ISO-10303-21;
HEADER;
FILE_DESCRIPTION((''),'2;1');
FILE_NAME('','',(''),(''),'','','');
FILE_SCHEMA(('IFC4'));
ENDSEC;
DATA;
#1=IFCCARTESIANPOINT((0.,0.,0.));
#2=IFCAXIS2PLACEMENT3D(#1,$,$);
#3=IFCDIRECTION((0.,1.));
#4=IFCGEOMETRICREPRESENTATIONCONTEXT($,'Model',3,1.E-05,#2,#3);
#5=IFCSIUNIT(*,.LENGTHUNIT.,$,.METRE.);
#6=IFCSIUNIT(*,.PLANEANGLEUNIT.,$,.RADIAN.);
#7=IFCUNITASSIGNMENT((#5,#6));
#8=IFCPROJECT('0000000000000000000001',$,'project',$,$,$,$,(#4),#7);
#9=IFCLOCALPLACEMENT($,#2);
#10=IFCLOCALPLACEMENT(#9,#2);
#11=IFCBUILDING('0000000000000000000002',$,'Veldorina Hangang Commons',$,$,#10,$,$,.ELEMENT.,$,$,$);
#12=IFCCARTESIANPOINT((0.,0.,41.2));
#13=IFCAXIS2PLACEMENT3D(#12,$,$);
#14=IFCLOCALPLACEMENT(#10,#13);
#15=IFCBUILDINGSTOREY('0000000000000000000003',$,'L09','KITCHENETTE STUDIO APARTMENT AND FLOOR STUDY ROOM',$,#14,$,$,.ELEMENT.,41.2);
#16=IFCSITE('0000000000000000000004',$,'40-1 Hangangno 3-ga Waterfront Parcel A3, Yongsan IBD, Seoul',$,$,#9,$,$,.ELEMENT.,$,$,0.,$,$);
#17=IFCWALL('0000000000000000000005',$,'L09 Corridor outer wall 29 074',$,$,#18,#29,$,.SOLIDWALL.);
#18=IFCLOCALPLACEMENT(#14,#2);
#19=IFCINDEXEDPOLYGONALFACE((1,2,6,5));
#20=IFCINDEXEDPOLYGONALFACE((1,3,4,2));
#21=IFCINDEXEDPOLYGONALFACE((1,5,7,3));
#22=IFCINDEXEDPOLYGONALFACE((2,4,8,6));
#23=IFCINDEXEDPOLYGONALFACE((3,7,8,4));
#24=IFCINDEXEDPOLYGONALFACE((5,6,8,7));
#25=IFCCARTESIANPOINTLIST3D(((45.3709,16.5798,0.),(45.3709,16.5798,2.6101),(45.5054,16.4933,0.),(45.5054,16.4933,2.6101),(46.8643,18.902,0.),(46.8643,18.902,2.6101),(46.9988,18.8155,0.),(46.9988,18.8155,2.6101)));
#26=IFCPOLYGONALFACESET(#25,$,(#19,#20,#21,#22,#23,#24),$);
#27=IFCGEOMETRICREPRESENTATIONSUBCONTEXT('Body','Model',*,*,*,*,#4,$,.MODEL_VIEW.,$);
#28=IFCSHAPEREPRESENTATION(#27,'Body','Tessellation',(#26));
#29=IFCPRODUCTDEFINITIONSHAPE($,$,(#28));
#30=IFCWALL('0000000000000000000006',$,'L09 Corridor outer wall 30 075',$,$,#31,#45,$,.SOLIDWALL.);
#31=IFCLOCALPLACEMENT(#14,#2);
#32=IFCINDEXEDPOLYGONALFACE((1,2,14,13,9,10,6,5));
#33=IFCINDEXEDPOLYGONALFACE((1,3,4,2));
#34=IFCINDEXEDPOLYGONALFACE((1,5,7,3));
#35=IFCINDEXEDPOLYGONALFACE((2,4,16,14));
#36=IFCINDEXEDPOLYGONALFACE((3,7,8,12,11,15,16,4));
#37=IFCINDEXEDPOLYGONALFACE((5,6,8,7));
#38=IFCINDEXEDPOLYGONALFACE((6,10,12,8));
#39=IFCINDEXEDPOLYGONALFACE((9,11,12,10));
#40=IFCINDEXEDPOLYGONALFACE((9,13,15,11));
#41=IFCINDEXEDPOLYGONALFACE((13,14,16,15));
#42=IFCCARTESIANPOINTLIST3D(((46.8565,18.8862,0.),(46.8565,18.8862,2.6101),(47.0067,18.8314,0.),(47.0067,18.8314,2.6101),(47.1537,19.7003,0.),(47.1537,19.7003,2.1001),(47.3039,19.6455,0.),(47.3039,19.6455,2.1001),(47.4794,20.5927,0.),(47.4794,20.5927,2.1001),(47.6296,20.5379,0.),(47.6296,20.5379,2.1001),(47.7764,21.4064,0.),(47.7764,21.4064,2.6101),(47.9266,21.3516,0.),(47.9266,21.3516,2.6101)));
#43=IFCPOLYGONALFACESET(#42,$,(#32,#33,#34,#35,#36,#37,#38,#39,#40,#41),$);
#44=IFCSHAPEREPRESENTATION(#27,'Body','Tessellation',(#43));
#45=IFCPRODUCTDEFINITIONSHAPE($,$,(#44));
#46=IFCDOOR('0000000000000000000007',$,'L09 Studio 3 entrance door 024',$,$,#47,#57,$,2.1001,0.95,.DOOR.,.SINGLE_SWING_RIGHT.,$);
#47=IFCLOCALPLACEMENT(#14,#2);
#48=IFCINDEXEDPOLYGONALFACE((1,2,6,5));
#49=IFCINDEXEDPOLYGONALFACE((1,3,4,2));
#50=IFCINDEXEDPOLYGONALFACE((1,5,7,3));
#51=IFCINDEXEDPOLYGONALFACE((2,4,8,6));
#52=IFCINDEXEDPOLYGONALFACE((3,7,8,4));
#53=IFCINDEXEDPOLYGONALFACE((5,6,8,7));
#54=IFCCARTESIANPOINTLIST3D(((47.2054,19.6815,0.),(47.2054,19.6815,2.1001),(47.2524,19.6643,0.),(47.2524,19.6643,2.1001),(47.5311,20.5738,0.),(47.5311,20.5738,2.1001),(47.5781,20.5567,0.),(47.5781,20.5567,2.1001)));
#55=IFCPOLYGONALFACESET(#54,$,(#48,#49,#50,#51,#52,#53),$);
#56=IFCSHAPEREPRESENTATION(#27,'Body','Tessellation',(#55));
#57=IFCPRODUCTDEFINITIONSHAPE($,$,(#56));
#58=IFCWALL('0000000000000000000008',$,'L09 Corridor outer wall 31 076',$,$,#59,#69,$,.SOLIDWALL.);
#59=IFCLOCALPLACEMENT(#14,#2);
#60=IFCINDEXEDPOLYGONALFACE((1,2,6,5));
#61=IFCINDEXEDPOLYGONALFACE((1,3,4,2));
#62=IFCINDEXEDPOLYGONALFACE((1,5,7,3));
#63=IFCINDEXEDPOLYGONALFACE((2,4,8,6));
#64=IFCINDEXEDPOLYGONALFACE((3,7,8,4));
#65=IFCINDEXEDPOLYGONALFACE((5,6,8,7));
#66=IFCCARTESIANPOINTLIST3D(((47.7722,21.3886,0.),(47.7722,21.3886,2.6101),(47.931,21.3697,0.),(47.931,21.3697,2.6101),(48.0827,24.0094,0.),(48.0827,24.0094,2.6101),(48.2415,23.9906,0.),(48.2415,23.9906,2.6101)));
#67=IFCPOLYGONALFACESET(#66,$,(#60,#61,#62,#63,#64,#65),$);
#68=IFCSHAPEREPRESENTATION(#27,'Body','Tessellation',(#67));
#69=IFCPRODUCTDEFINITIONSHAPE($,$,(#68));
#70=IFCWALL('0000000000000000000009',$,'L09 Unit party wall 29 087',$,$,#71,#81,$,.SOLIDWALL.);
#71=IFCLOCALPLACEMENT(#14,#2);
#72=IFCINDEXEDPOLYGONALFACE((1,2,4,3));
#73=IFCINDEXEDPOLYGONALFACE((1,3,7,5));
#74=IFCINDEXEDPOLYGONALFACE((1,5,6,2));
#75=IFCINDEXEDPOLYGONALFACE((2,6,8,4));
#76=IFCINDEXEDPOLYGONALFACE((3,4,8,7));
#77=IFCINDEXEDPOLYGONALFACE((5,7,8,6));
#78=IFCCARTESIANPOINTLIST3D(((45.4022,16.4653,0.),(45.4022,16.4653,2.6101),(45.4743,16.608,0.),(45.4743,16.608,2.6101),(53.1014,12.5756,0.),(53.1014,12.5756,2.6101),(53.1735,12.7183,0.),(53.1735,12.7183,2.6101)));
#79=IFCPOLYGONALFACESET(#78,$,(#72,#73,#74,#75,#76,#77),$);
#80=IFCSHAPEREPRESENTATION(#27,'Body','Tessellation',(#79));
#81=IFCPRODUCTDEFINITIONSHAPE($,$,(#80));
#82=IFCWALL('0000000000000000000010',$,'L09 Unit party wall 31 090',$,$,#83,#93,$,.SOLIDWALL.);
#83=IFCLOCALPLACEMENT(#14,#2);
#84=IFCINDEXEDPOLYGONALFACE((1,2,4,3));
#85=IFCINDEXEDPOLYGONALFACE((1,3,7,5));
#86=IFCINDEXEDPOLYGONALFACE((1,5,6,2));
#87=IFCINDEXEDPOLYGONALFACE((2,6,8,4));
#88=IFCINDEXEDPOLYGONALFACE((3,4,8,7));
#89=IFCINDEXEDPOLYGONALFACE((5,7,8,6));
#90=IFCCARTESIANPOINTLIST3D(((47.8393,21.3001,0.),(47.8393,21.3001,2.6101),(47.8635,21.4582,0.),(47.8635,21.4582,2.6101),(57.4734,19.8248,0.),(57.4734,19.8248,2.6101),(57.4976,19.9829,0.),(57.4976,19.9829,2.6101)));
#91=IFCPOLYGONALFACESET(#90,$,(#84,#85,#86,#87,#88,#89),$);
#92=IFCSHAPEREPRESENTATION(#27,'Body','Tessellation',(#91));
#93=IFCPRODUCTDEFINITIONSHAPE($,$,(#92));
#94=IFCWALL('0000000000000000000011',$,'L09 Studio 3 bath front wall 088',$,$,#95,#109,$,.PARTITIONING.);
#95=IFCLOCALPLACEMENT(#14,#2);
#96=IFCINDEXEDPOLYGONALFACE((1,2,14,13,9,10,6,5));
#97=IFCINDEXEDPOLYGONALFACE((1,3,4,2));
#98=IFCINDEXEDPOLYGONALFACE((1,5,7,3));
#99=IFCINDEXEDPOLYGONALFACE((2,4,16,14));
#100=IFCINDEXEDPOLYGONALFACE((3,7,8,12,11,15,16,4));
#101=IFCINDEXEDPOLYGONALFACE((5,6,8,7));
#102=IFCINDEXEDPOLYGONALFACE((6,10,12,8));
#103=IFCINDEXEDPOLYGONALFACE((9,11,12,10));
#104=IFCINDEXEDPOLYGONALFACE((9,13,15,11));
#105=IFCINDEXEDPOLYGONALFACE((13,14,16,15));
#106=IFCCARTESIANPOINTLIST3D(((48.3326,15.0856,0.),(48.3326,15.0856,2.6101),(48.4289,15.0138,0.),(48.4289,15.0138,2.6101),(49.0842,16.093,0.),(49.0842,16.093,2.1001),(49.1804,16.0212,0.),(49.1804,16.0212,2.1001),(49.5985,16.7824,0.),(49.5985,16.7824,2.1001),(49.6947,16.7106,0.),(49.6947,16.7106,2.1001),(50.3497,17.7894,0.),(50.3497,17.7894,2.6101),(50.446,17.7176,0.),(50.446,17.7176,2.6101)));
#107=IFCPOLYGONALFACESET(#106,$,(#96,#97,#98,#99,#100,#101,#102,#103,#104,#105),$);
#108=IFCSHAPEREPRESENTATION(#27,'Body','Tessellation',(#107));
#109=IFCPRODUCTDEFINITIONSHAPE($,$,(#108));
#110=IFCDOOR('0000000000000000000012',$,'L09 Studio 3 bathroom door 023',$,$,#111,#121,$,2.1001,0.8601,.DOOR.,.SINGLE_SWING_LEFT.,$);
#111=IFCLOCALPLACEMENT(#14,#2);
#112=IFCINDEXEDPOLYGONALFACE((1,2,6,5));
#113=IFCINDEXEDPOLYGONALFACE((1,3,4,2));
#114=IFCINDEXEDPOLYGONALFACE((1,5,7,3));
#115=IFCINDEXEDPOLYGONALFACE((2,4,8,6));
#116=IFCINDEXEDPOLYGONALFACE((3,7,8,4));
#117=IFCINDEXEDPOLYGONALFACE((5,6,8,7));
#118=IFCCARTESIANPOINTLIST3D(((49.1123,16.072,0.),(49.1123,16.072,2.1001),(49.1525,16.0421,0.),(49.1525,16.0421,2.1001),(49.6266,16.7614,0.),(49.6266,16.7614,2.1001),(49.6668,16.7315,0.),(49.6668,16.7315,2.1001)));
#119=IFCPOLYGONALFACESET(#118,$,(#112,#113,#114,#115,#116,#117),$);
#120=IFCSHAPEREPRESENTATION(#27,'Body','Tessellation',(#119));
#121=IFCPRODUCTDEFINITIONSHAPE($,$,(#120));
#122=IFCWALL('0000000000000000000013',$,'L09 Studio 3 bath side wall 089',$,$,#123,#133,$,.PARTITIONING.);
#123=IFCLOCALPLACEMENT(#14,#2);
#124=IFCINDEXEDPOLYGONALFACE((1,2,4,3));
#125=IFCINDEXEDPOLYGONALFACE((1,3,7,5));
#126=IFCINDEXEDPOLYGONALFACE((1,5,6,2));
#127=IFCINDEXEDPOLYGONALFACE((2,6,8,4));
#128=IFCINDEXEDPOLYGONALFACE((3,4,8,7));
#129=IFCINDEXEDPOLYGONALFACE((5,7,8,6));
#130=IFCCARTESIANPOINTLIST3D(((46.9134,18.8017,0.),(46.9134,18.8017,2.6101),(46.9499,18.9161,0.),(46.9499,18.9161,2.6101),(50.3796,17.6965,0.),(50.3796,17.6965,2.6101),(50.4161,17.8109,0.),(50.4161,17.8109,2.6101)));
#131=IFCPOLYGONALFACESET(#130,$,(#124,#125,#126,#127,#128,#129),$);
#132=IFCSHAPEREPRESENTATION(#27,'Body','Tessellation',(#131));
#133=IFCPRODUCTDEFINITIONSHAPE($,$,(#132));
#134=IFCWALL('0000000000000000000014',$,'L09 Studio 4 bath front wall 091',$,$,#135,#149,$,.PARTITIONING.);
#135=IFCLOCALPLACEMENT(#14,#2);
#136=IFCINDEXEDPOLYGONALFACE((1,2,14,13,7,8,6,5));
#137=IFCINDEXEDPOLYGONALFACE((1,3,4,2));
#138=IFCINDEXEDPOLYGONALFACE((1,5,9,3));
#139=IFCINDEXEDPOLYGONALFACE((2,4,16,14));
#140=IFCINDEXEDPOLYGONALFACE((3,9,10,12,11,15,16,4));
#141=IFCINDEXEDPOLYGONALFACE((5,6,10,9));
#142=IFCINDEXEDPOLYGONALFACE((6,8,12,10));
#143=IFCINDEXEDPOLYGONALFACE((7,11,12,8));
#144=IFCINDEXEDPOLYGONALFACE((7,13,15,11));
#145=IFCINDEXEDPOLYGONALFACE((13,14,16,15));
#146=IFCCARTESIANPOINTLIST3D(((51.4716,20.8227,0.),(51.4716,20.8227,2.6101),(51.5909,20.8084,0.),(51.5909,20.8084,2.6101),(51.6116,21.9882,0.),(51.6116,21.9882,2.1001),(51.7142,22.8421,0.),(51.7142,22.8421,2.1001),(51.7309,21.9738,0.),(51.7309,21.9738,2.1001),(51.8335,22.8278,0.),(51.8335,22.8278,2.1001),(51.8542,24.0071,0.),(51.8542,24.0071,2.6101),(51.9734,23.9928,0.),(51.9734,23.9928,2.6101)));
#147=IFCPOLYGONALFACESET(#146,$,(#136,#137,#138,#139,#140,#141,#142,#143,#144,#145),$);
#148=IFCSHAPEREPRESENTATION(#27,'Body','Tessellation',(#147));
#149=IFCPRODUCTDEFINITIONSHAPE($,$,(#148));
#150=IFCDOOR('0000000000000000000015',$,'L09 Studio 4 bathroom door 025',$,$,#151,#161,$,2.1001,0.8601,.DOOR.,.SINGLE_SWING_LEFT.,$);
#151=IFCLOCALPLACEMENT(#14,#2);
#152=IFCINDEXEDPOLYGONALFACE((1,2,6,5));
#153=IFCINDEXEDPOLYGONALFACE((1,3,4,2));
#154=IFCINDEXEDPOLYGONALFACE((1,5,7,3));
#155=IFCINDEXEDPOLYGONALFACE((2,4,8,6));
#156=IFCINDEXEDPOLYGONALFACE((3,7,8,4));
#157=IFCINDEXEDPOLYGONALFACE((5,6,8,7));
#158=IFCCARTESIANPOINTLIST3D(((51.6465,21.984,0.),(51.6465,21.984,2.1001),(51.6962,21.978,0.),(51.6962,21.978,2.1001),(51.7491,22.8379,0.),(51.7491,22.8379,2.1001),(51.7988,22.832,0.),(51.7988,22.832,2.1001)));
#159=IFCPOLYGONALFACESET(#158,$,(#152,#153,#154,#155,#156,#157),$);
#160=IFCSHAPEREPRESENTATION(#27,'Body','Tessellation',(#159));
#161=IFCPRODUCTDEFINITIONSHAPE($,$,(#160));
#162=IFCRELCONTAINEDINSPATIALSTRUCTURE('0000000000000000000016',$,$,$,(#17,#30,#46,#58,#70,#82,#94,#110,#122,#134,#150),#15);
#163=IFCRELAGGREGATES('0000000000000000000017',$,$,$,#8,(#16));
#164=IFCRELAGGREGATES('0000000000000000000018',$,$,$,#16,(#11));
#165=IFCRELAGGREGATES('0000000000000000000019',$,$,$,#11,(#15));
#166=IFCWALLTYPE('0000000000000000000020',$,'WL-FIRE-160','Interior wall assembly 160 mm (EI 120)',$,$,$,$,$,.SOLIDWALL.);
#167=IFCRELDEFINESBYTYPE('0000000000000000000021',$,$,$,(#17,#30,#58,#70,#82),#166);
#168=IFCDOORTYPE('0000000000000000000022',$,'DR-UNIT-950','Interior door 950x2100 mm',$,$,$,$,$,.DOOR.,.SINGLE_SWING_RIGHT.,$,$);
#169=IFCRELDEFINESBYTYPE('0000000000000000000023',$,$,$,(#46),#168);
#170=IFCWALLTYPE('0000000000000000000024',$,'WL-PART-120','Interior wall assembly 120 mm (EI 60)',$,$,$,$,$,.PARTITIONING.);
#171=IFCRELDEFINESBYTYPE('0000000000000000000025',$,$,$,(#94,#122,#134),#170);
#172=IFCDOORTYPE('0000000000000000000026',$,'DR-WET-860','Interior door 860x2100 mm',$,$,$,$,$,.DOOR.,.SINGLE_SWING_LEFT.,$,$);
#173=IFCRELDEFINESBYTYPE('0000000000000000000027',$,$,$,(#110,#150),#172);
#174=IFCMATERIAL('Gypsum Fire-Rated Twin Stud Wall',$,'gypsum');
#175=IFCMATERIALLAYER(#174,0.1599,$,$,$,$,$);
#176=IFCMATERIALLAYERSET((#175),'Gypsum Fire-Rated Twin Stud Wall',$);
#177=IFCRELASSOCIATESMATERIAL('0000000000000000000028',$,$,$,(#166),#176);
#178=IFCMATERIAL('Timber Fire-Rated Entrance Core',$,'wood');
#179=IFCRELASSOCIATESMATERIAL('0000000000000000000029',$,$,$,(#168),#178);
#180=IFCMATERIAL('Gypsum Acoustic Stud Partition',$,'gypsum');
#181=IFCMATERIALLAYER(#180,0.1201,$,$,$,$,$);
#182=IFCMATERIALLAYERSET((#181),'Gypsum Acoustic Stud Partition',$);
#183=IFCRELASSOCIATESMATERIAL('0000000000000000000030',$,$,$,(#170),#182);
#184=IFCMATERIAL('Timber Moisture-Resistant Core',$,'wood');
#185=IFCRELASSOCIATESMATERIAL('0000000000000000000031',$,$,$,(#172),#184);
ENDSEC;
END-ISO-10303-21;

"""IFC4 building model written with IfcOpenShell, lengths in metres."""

from ifc_helpers import new_model, si_unit, direction, frame, frame_2d, origin, place, context, subcontext, project, spatial, rectangle, extrude, material, layer, layer_set, type_object, element, fill, save


model = new_model("IFC4")

# Units and contexts
model_context = context("Model", 3, precision=1e-05, world=origin(), true_north=direction((0.0, 1.0)))
body_context = subcontext(model_context, "Body", "Model", "MODEL_VIEW")
ifc_project = project(units=[si_unit("LENGTHUNIT", "METRE"), si_unit("PLANEANGLEUNIT", "RADIAN")], contexts=[model_context])

# Site, building, storey
site_placement = place(None, origin())
site = spatial("IfcSite", under=ifc_project, at=site_placement, Name="40-1 Hangangno 3-ga Waterfront Parcel A3, Yongsan IBD, Seoul", CompositionType="ELEMENT", RefElevation=0.0)
building_placement = place(site_placement, origin())
building = spatial("IfcBuilding", under=site, at=building_placement, Name="Veldorina Hangang Commons", CompositionType="ELEMENT")
storey_placement = place(building_placement, frame((0.0, 0.0, 41.2)))
storey = spatial("IfcBuildingStorey", under=building, at=storey_placement, Name="L09", Description="KITCHENETTE STUDIO APARTMENT AND FLOOR STUDY ROOM", CompositionType="ELEMENT", Elevation=41.2)

# Wall
ifc_material_1 = material(Name="Gypsum Fire-Rated Twin Stud Wall", Category="gypsum")
ifc_layer_1 = layer(ifc_material_1, 0.1599)
ifc_layer_set_1 = layer_set([ifc_layer_1], Name="Gypsum Fire-Rated Twin Stud Wall")
wall_type_1 = type_object("IfcWallType", Name="WL-FIRE-160", Description="Interior wall assembly 160 mm (EI 120)", PredefinedType="SOLIDWALL", material=ifc_layer_set_1)
wall_1_placement = place(storey_placement, frame((45.4382, 16.5366, 0.0), z_axis=(0.0, 0.0, 1.0), x_axis=(0.540892, 0.841092, 0.0)))
element("IfcWall", 1, at=wall_1_placement, inside=storey, type_object=wall_type_1, Name="L09 Corridor outer wall 29 074", PredefinedType="SOLIDWALL", context=body_context, shape_type="SweptSolid", body=[
    extrude(rectangle(XDim=2.761, YDim=0.1599, at=frame_2d((1.3804, 0.0))), origin(), (0.0, 0.0, 1.0), 2.6101),
])

# Wall, opening, door
wall_2_placement = place(storey_placement, frame((46.9316, 18.8589, 0.0), z_axis=(0.0, 0.0, 1.0), x_axis=(0.342883, 0.939378, 0.0)))
wall_2 = element("IfcWall", 2, at=wall_2_placement, inside=storey, type_object=wall_type_1, Name="L09 Corridor outer wall 30 075", PredefinedType="SOLIDWALL", context=body_context, shape_type="SweptSolid", body=[
    extrude(rectangle(XDim=2.6829, YDim=0.1599, at=frame_2d((1.3413, 0.0))), origin(), (0.0, 0.0, 1.0), 2.6101),
])
opening_1_placement = place(wall_2_placement, frame((0.8665, 0.0, 0.0)))
opening_1 = element("IfcOpeningElement", 3, at=opening_1_placement, cuts=wall_2, PredefinedType="OPENING", context=body_context, shape_type="SweptSolid", body=[
    extrude(rectangle(XDim=0.95, YDim=2.1001, at=frame_2d((0.4751, 1.05))), frame((0.0, 0.0898, 0.0), z_axis=(0.0, -1.0, 0.0), x_axis=(1.0, 0.0, 0.0)), (0.0, 0.0, 1.0), 0.1799),
])
ifc_material_2 = material(Name="Timber Fire-Rated Entrance Core", Category="wood")
door_type_1 = type_object("IfcDoorType", Name="DR-UNIT-950", Description="Interior door 950x2100 mm", OperationType="SINGLE_SWING_RIGHT", PredefinedType="DOOR", material=ifc_material_2)
door_1_placement = place(opening_1_placement, origin())
door_1 = element("IfcDoor", 4, at=door_1_placement, inside=storey, type_object=door_type_1, Name="L09 Studio 3 entrance door 024", OperationType="SINGLE_SWING_RIGHT", OverallHeight=2.1001, OverallWidth=0.95, PredefinedType="DOOR", context=body_context, shape_type="SweptSolid", body=[
    extrude(rectangle(XDim=0.95, YDim=2.1001, at=frame_2d((0.4751, 1.05))), frame((0.0, 0.0249, 0.0), z_axis=(0.0, -1.0, 0.0), x_axis=(1.0, 0.0, 0.0)), (0.0, 0.0, 1.0), 0.05),
])
fill(opening_1, door_1)

# Walls
wall_3_placement = place(storey_placement, frame((47.8516, 21.3792, 0.0), z_axis=(0.0, 0.0, 1.0), x_axis=(0.117668, 0.993053, 0.0)))
element("IfcWall", 5, at=wall_3_placement, inside=storey, type_object=wall_type_1, Name="L09 Corridor outer wall 31 076", PredefinedType="SOLIDWALL", context=body_context, shape_type="SweptSolid", body=[
    extrude(rectangle(XDim=2.6392, YDim=0.1599, at=frame_2d((1.3196, 0.0))), origin(), (0.0, 0.0, 1.0), 2.6101),
])
wall_4_placement = place(storey_placement, frame((45.4382, 16.5366, 0.0), z_axis=(0.0, 0.0, 1.0), x_axis=(0.892563, -0.450923, 0.0)))
element("IfcWall", 6, at=wall_4_placement, inside=storey, type_object=wall_type_1, Name="L09 Unit party wall 29 087", PredefinedType="SOLIDWALL", context=body_context, shape_type="SweptSolid", body=[
    extrude(rectangle(XDim=8.626, YDim=0.1599, at=frame_2d((4.313, 0.0))), origin(), (0.0, 0.0, 1.0), 2.6101),
])
wall_5_placement = place(storey_placement, frame((47.8516, 21.3792, 0.0), z_axis=(0.0, 0.0, 1.0), x_axis=(0.988477, -0.151374, 0.0)))
element("IfcWall", 7, at=wall_5_placement, inside=storey, type_object=wall_type_1, Name="L09 Unit party wall 31 090", PredefinedType="SOLIDWALL", context=body_context, shape_type="SweptSolid", body=[
    extrude(rectangle(XDim=9.7463, YDim=0.1599, at=frame_2d((4.873, 0.0))), origin(), (0.0, 0.0, 1.0), 2.6101),
])

# Wall, opening, door
ifc_material_3 = material(Name="Gypsum Acoustic Stud Partition", Category="gypsum")
ifc_layer_2 = layer(ifc_material_3, 0.1201)
ifc_layer_set_2 = layer_set([ifc_layer_2], Name="Gypsum Acoustic Stud Partition")
wall_type_2 = type_object("IfcWallType", Name="WL-PART-120", Description="Interior wall assembly 120 mm (EI 60)", PredefinedType="PARTITIONING", material=ifc_layer_set_2)
wall_6_placement = place(storey_placement, frame((48.3809, 15.0498, 0.0), z_axis=(0.0, 0.0, 1.0), x_axis=(0.597948, 0.801535, 0.0)))
wall_6 = element("IfcWall", 8, at=wall_6_placement, inside=storey, type_object=wall_type_2, Name="L09 Studio 3 bath front wall 088", PredefinedType="PARTITIONING", context=body_context, shape_type="SweptSolid", body=[
    extrude(rectangle(XDim=3.3733, YDim=0.1201, at=frame_2d((1.6865, 0.0))), origin(), (0.0, 0.0, 1.0), 2.6101),
])
opening_2_placement = place(wall_6_placement, frame((1.2566, 0.0, 0.0)))
opening_2 = element("IfcOpeningElement", 9, at=opening_2_placement, cuts=wall_6, PredefinedType="OPENING", context=body_context, shape_type="SweptSolid", body=[
    extrude(rectangle(XDim=0.8601, YDim=2.1001, at=frame_2d((0.4302, 1.05))), frame((0.0, 0.0701, 0.0), z_axis=(0.0, -1.0, 0.0), x_axis=(1.0, 0.0, 0.0)), (0.0, 0.0, 1.0), 0.1401),
])
ifc_material_4 = material(Name="Timber Moisture-Resistant Core", Category="wood")
door_type_2 = type_object("IfcDoorType", Name="DR-WET-860", Description="Interior door 860x2100 mm", OperationType="SINGLE_SWING_LEFT", PredefinedType="DOOR", material=ifc_material_4)
door_2_placement = place(opening_2_placement, origin())
door_2 = element("IfcDoor", 10, at=door_2_placement, inside=storey, type_object=door_type_2, Name="L09 Studio 3 bathroom door 023", OperationType="SINGLE_SWING_LEFT", OverallHeight=2.1001, OverallWidth=0.8601, PredefinedType="DOOR", context=body_context, shape_type="SweptSolid", body=[
    extrude(rectangle(XDim=0.8601, YDim=2.1001, at=frame_2d((0.4302, 1.05))), frame((0.0, 0.0249, 0.0), z_axis=(0.0, -1.0, 0.0), x_axis=(1.0, 0.0, 0.0)), (0.0, 0.0, 1.0), 0.05),
])
fill(opening_2, door_2)

# Wall
wall_7_placement = place(storey_placement, frame((46.9316, 18.8589, 0.0), z_axis=(0.0, 0.0, 1.0), x_axis=(0.952742, -0.30378, 0.0)))
element("IfcWall", 11, at=wall_7_placement, inside=storey, type_object=wall_type_2, Name="L09 Studio 3 bath side wall 089", PredefinedType="PARTITIONING", context=body_context, shape_type="SweptSolid", body=[
    extrude(rectangle(XDim=3.6382, YDim=0.1201, at=frame_2d((1.8191, 0.0))), origin(), (0.0, 0.0, 1.0), 2.6101),
])

# Wall, opening, door
wall_8_placement = place(storey_placement, frame((51.5312, 20.8157, 0.0), z_axis=(0.0, 0.0, 1.0), x_axis=(0.119283, 0.99286, 0.0)))
wall_8 = element("IfcWall", 12, at=wall_8_placement, inside=storey, type_object=wall_type_2, Name="L09 Studio 4 bath front wall 091", PredefinedType="PARTITIONING", context=body_context, shape_type="SweptSolid", body=[
    extrude(rectangle(XDim=3.2073, YDim=0.1201, at=frame_2d((1.6035, 0.0))), origin(), (0.0, 0.0, 1.0), 2.6101),
])
opening_3_placement = place(wall_8_placement, frame((1.1736, 0.0, 0.0)))
opening_3 = element("IfcOpeningElement", 13, at=opening_3_placement, cuts=wall_8, PredefinedType="OPENING", context=body_context, shape_type="SweptSolid", body=[
    extrude(rectangle(XDim=0.8601, YDim=2.1001, at=frame_2d((0.4302, 1.05))), frame((0.0, 0.0701, 0.0), z_axis=(0.0, -1.0, 0.0), x_axis=(1.0, 0.0, 0.0)), (0.0, 0.0, 1.0), 0.1401),
])
door_3_placement = place(opening_3_placement, origin())
door_3 = element("IfcDoor", 14, at=door_3_placement, inside=storey, type_object=door_type_2, Name="L09 Studio 4 bathroom door 025", OperationType="SINGLE_SWING_LEFT", OverallHeight=2.1001, OverallWidth=0.8601, PredefinedType="DOOR", context=body_context, shape_type="SweptSolid", body=[
    extrude(rectangle(XDim=0.8601, YDim=2.1001, at=frame_2d((0.4302, 1.05))), frame((0.0, 0.0249, 0.0), z_axis=(0.0, -1.0, 0.0), x_axis=(1.0, 0.0, 0.0)), (0.0, 0.0, 1.0), 0.05),
])
fill(opening_3, door_3)

save(model, "model.ifc")
